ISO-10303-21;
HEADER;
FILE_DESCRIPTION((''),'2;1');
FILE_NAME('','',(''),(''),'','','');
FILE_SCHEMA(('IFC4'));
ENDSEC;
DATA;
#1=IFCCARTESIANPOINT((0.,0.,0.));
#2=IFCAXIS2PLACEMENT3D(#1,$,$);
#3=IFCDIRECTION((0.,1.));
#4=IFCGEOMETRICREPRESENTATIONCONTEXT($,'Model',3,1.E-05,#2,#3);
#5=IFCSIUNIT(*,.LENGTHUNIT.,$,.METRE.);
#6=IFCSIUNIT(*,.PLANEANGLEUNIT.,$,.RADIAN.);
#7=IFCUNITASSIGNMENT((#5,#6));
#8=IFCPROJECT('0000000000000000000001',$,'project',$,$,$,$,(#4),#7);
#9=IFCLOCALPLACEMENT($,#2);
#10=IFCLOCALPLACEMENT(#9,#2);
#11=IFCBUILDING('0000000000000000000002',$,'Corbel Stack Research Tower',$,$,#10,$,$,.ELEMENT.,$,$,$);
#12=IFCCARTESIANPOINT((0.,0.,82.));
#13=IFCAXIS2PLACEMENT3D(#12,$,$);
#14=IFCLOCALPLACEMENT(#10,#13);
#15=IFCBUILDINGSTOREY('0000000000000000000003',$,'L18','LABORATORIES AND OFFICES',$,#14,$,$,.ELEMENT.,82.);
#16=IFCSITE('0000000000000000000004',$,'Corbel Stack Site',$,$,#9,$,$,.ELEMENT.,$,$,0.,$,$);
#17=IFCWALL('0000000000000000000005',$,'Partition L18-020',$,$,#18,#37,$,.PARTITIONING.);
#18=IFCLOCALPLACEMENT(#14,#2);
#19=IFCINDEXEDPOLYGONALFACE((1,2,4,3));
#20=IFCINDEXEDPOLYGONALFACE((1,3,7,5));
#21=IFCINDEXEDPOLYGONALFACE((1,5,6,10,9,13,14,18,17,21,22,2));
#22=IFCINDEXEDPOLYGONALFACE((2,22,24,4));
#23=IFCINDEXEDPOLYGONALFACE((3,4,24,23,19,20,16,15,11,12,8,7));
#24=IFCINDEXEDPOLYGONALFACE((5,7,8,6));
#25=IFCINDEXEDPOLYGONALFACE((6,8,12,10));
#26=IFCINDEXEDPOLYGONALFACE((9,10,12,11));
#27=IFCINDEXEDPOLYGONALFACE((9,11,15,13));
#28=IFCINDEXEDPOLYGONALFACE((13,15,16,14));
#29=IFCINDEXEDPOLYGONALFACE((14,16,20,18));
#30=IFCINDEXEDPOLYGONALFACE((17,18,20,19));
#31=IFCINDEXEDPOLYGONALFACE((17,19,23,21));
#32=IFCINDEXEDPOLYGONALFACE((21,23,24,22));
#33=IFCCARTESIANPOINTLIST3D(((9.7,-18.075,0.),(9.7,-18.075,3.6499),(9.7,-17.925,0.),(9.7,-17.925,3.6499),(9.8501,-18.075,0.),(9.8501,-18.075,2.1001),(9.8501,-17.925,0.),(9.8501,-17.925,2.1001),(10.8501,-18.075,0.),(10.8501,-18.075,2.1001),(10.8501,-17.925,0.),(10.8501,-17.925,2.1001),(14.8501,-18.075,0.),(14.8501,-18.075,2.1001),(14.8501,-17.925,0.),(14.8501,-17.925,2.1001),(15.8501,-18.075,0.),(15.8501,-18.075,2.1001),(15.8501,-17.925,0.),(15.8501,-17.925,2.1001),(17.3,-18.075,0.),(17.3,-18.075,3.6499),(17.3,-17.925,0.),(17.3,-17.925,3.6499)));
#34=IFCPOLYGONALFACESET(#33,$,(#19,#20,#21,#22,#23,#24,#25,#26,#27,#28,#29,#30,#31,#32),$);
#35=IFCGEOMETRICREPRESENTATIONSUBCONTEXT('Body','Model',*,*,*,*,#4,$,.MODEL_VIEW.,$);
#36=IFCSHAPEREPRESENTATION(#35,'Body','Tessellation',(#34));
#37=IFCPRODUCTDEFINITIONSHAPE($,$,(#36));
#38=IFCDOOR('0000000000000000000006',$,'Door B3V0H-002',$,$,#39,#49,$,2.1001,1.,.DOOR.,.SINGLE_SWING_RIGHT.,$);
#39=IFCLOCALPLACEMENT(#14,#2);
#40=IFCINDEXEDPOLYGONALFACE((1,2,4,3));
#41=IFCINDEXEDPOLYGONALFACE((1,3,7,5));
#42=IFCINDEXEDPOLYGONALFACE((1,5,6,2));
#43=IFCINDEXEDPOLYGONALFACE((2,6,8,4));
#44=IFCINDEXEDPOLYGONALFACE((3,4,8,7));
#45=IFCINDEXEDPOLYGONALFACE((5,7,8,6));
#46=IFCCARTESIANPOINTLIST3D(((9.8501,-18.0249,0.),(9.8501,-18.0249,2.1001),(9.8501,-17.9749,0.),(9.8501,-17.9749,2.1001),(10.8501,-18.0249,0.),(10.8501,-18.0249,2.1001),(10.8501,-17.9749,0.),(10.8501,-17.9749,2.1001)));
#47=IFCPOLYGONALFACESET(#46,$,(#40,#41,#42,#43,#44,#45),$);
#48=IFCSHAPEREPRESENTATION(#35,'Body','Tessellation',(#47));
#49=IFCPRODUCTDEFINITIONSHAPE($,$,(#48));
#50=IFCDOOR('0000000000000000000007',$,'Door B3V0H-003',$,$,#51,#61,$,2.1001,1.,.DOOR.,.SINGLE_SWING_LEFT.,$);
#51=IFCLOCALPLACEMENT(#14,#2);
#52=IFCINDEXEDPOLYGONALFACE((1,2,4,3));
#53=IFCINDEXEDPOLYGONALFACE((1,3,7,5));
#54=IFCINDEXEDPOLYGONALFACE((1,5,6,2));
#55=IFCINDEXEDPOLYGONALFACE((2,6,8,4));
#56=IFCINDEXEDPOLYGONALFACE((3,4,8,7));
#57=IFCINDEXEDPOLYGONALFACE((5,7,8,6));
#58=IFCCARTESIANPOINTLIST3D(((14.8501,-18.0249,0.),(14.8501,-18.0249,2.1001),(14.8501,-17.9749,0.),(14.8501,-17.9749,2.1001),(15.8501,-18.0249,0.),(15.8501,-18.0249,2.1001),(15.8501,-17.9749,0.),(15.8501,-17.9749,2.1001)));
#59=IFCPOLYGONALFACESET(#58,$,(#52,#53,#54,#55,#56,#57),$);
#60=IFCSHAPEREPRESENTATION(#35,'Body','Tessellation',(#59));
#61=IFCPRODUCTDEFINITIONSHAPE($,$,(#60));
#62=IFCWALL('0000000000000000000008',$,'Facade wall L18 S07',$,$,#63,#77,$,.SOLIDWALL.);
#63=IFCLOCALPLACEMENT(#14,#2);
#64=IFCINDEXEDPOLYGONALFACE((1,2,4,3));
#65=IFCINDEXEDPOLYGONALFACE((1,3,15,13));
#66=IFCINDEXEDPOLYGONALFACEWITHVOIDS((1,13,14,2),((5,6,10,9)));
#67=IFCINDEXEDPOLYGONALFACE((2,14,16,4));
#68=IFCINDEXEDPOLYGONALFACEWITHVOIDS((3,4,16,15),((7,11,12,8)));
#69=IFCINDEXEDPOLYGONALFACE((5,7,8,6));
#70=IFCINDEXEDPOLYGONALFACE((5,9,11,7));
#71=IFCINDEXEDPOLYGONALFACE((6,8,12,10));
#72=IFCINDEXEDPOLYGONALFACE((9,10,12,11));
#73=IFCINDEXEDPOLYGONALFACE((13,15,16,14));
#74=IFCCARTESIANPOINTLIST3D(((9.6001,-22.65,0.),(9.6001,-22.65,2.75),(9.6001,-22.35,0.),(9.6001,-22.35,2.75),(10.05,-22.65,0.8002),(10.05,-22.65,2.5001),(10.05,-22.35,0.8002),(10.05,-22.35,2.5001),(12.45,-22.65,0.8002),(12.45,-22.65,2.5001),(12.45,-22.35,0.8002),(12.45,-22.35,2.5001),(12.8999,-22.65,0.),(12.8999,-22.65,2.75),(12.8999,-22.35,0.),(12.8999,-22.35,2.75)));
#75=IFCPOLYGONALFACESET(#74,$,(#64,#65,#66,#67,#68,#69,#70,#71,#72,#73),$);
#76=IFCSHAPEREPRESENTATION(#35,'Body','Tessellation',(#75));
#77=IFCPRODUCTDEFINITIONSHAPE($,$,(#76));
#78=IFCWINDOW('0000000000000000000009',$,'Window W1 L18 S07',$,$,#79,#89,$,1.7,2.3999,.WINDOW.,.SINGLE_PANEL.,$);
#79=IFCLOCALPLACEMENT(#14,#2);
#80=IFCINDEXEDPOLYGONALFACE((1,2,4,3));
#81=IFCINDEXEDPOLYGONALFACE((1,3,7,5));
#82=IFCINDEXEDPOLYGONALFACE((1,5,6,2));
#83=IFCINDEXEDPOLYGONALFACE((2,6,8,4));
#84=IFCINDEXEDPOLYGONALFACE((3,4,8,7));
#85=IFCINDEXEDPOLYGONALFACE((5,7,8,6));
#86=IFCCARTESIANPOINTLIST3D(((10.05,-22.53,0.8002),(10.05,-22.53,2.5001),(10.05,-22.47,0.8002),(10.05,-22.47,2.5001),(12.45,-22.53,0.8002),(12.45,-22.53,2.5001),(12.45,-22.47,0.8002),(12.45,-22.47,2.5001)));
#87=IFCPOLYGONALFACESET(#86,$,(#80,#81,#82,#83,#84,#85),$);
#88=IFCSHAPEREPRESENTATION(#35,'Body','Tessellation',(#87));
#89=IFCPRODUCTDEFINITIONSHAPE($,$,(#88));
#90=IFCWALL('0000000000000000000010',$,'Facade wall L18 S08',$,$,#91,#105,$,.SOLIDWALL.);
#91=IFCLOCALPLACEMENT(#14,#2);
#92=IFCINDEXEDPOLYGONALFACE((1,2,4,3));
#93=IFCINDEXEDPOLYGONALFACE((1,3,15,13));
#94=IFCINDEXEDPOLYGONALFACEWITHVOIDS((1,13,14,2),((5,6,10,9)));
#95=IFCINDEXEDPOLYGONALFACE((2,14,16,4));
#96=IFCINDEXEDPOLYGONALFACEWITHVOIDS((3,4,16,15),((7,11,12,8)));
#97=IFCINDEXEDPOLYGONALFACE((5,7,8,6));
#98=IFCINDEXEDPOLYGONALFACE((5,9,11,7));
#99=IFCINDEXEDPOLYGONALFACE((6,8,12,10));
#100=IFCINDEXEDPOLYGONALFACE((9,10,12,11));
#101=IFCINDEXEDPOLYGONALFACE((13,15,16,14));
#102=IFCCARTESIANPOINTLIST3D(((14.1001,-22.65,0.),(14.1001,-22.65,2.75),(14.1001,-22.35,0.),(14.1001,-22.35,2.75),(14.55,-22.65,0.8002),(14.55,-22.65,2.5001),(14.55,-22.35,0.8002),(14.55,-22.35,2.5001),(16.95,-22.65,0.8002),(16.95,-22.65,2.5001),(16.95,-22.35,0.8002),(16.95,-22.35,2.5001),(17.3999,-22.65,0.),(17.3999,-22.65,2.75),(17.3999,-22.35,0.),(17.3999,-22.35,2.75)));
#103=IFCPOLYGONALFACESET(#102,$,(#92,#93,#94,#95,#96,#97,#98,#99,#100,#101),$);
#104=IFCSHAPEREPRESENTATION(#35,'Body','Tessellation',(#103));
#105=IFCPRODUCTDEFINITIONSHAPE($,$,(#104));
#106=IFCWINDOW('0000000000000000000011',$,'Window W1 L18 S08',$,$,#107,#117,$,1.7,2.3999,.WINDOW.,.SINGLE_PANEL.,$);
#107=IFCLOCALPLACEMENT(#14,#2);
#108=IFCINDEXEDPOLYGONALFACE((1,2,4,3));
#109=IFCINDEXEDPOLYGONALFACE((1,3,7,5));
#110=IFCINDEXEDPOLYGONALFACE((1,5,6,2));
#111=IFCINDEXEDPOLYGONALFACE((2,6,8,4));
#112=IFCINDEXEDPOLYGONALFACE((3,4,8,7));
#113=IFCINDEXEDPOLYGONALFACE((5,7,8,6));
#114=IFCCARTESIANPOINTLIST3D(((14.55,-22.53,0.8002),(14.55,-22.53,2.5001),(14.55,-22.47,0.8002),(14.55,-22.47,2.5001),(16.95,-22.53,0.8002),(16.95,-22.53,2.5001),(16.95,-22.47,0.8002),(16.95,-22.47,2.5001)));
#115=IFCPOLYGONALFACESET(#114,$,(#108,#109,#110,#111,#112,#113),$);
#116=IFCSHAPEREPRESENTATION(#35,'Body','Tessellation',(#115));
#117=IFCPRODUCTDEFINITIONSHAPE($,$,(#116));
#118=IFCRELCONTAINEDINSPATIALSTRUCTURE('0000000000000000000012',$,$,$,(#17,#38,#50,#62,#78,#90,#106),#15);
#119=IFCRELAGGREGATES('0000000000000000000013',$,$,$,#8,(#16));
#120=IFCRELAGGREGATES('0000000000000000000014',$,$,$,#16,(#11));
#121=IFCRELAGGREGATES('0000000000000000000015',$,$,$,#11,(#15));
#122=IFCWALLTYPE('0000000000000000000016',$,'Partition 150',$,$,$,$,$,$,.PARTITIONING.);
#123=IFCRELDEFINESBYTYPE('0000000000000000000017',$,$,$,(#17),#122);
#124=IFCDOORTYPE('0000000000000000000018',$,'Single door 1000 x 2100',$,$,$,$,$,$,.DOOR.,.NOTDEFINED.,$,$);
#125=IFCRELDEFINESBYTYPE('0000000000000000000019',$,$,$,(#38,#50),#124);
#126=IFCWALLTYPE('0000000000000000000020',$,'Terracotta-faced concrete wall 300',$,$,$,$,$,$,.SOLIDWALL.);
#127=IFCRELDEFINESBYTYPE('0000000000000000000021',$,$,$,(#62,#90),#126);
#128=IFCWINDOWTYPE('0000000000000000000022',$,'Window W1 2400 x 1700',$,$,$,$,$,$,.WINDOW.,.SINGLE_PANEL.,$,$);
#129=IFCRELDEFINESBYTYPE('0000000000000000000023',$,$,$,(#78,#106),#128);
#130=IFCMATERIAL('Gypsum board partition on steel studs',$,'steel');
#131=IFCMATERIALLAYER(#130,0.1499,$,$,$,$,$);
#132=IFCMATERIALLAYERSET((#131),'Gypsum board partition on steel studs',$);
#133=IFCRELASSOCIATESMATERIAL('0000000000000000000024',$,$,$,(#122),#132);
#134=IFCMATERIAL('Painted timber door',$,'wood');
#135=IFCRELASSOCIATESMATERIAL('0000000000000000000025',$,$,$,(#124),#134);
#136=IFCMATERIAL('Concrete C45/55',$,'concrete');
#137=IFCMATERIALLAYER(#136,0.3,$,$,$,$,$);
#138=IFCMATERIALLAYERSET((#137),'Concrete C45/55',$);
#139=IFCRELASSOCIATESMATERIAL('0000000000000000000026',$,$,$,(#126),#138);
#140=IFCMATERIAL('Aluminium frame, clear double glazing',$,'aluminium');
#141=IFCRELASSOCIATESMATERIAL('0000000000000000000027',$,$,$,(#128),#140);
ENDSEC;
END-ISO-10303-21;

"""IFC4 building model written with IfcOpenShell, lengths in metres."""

from ifc_helpers import new_model, si_unit, direction, frame, frame_2d, origin, place, context, subcontext, project, spatial, rectangle, extrude, material, layer, layer_set, type_object, element, fill, save


model = new_model("IFC4")

# Units and contexts
model_context = context("Model", 3, precision=1e-05, world=origin(), true_north=direction((0.0, 1.0)))
body_context = subcontext(model_context, "Body", "Model", "MODEL_VIEW")
ifc_project = project(units=[si_unit("LENGTHUNIT", "METRE"), si_unit("PLANEANGLEUNIT", "RADIAN")], contexts=[model_context])

# Site, building, storey
site_placement = place(None, origin())
site = spatial("IfcSite", under=ifc_project, at=site_placement, Name="Corbel Stack Site", CompositionType="ELEMENT", RefElevation=0.0)
building_placement = place(site_placement, origin())
building = spatial("IfcBuilding", under=site, at=building_placement, Name="Corbel Stack Research Tower", CompositionType="ELEMENT")
storey_placement = place(building_placement, frame((0.0, 0.0, 82.0)))
storey = spatial("IfcBuildingStorey", under=building, at=storey_placement, Name="L18", Description="LABORATORIES AND OFFICES", CompositionType="ELEMENT", Elevation=82.0)

# Wall, openings, doors
ifc_material_1 = material(Name="Gypsum board partition on steel studs", Category="steel")
ifc_layer_1 = layer(ifc_material_1, 0.1499)
ifc_layer_set_1 = layer_set([ifc_layer_1], Name="Gypsum board partition on steel studs")
wall_type_1 = type_object("IfcWallType", Name="Partition 150", PredefinedType="PARTITIONING", material=ifc_layer_set_1)
wall_1_placement = place(storey_placement, frame((17.3, -18.0, 0.0), z_axis=(0.0, 0.0, 1.0), x_axis=(-1.0, 0.0, 0.0)))
wall_1 = element("IfcWall", 1, at=wall_1_placement, inside=storey, type_object=wall_type_1, Name="Partition L18-020", PredefinedType="PARTITIONING", context=body_context, shape_type="SweptSolid", body=[
    extrude(rectangle(XDim=7.6001, YDim=0.1499, at=frame_2d((3.8, 0.0))), origin(), (0.0, 0.0, 1.0), 3.6499),
])
opening_1_placement = place(wall_1_placement, frame((6.45, 0.0, 0.0)))
opening_1 = element("IfcOpeningElement", 2, at=opening_1_placement, cuts=wall_1, PredefinedType="OPENING", context=body_context, shape_type="SweptSolid", body=[
    extrude(rectangle(XDim=1.0, YDim=2.1001, at=frame_2d((0.5, 1.05))), frame((0.0, 0.085, 0.0), z_axis=(0.0, -1.0, 0.0), x_axis=(1.0, 0.0, 0.0)), (0.0, 0.0, 1.0), 0.1699),
])
opening_2_placement = place(wall_1_placement, frame((1.45, 0.0, 0.0)))
opening_2 = element("IfcOpeningElement", 3, at=opening_2_placement, cuts=wall_1, PredefinedType="OPENING", context=body_context, shape_type="SweptSolid", body=[
    extrude(rectangle(XDim=1.0, YDim=2.1001, at=frame_2d((0.5, 1.05))), frame((0.0, 0.085, 0.0), z_axis=(0.0, -1.0, 0.0), x_axis=(1.0, 0.0, 0.0)), (0.0, 0.0, 1.0), 0.1699),
])
ifc_material_2 = material(Name="Painted timber door", Category="wood")
door_type_1 = type_object("IfcDoorType", Name="Single door 1000 x 2100", OperationType="NOTDEFINED", PredefinedType="DOOR", material=ifc_material_2)
door_1_placement = place(opening_1_placement, origin())
door_1 = element("IfcDoor", 4, at=door_1_placement, inside=storey, type_object=door_type_1, Name="Door B3V0H-002", OperationType="SINGLE_SWING_RIGHT", OverallHeight=2.1001, OverallWidth=1.0, PredefinedType="DOOR", context=body_context, shape_type="SweptSolid", body=[
    extrude(rectangle(XDim=1.0, YDim=2.1001, at=frame_2d((0.5, 1.05))), frame((0.0, 0.0249, 0.0), z_axis=(0.0, -1.0, 0.0), x_axis=(1.0, 0.0, 0.0)), (0.0, 0.0, 1.0), 0.05),
])
fill(opening_1, door_1)
door_2_placement = place(opening_2_placement, origin())
door_2 = element("IfcDoor", 5, at=door_2_placement, inside=storey, type_object=door_type_1, Name="Door B3V0H-003", OperationType="SINGLE_SWING_LEFT", OverallHeight=2.1001, OverallWidth=1.0, PredefinedType="DOOR", context=body_context, shape_type="SweptSolid", body=[
    extrude(rectangle(XDim=1.0, YDim=2.1001, at=frame_2d((0.5, 1.05))), frame((0.0, 0.0249, 0.0), z_axis=(0.0, -1.0, 0.0), x_axis=(1.0, 0.0, 0.0)), (0.0, 0.0, 1.0), 0.05),
])
fill(opening_2, door_2)

# Walls, openings, windows
ifc_material_3 = material(Name="Concrete C45/55", Category="concrete")
ifc_layer_2 = layer(ifc_material_3, 0.3)
ifc_layer_set_2 = layer_set([ifc_layer_2], Name="Concrete C45/55")
wall_type_2 = type_object("IfcWallType", Name="Terracotta-faced concrete wall 300", PredefinedType="SOLIDWALL", material=ifc_layer_set_2)
wall_2_placement = place(storey_placement, frame((12.8999, -22.5, 0.0), z_axis=(0.0, 0.0, 1.0), x_axis=(-1.0, 0.0, 0.0)))
wall_2 = element("IfcWall", 6, at=wall_2_placement, inside=storey, type_object=wall_type_2, Name="Facade wall L18 S07", PredefinedType="SOLIDWALL", context=body_context, shape_type="SweptSolid", body=[
    extrude(rectangle(XDim=3.2998, YDim=0.3, at=frame_2d((1.6499, 0.0))), origin(), (0.0, 0.0, 1.0), 2.75),
])
opening_3_placement = place(wall_2_placement, frame((0.45, 0.0, 0.8)))
opening_3 = element("IfcOpeningElement", 7, at=opening_3_placement, cuts=wall_2, PredefinedType="OPENING", context=body_context, shape_type="SweptSolid", body=[
    extrude(rectangle(XDim=2.3999, YDim=1.7, at=frame_2d((1.2, 0.8501))), frame((0.0, 0.1599, 0.0), z_axis=(0.0, -1.0, 0.0), x_axis=(1.0, 0.0, 0.0)), (0.0, 0.0, 1.0), 0.3201),
])
ifc_material_4 = material(Name="Aluminium frame, clear double glazing", Category="aluminium")
window_type = type_object("IfcWindowType", Name="Window W1 2400 x 1700", PartitioningType="SINGLE_PANEL", PredefinedType="WINDOW", material=ifc_material_4)
window_1_placement = place(opening_3_placement, origin())
window_1 = element("IfcWindow", 8, at=window_1_placement, inside=storey, type_object=window_type, Name="Window W1 L18 S07", OverallHeight=1.7, OverallWidth=2.3999, PartitioningType="SINGLE_PANEL", PredefinedType="WINDOW", context=body_context, shape_type="SweptSolid", body=[
    extrude(rectangle(XDim=2.3999, YDim=1.7, at=frame_2d((1.2, 0.8501))), frame((0.0, 0.03, 0.0), z_axis=(0.0, -1.0, 0.0), x_axis=(1.0, 0.0, 0.0)), (0.0, 0.0, 1.0), 0.0601),
])
fill(opening_3, window_1)
wall_3_placement = place(storey_placement, frame((17.3999, -22.5, 0.0), z_axis=(0.0, 0.0, 1.0), x_axis=(-1.0, 0.0, 0.0)))
wall_3 = element("IfcWall", 9, at=wall_3_placement, inside=storey, type_object=wall_type_2, Name="Facade wall L18 S08", PredefinedType="SOLIDWALL", context=body_context, shape_type="SweptSolid", body=[
    extrude(rectangle(XDim=3.2998, YDim=0.3, at=frame_2d((1.6499, 0.0))), origin(), (0.0, 0.0, 1.0), 2.75),
])
opening_4_placement = place(wall_3_placement, frame((0.45, 0.0, 0.8)))
opening_4 = element("IfcOpeningElement", 10, at=opening_4_placement, cuts=wall_3, PredefinedType="OPENING", context=body_context, shape_type="SweptSolid", body=[
    extrude(rectangle(XDim=2.3999, YDim=1.7, at=frame_2d((1.2, 0.8501))), frame((0.0, 0.1599, 0.0), z_axis=(0.0, -1.0, 0.0), x_axis=(1.0, 0.0, 0.0)), (0.0, 0.0, 1.0), 0.3201),
])
window_2_placement = place(opening_4_placement, origin())
window_2 = element("IfcWindow", 11, at=window_2_placement, inside=storey, type_object=window_type, Name="Window W1 L18 S08", OverallHeight=1.7, OverallWidth=2.3999, PartitioningType="SINGLE_PANEL", PredefinedType="WINDOW", context=body_context, shape_type="SweptSolid", body=[
    extrude(rectangle(XDim=2.3999, YDim=1.7, at=frame_2d((1.2, 0.8501))), frame((0.0, 0.03, 0.0), z_axis=(0.0, -1.0, 0.0), x_axis=(1.0, 0.0, 0.0)), (0.0, 0.0, 1.0), 0.0601),
])
fill(opening_4, window_2)

save(model, "model.ifc")
